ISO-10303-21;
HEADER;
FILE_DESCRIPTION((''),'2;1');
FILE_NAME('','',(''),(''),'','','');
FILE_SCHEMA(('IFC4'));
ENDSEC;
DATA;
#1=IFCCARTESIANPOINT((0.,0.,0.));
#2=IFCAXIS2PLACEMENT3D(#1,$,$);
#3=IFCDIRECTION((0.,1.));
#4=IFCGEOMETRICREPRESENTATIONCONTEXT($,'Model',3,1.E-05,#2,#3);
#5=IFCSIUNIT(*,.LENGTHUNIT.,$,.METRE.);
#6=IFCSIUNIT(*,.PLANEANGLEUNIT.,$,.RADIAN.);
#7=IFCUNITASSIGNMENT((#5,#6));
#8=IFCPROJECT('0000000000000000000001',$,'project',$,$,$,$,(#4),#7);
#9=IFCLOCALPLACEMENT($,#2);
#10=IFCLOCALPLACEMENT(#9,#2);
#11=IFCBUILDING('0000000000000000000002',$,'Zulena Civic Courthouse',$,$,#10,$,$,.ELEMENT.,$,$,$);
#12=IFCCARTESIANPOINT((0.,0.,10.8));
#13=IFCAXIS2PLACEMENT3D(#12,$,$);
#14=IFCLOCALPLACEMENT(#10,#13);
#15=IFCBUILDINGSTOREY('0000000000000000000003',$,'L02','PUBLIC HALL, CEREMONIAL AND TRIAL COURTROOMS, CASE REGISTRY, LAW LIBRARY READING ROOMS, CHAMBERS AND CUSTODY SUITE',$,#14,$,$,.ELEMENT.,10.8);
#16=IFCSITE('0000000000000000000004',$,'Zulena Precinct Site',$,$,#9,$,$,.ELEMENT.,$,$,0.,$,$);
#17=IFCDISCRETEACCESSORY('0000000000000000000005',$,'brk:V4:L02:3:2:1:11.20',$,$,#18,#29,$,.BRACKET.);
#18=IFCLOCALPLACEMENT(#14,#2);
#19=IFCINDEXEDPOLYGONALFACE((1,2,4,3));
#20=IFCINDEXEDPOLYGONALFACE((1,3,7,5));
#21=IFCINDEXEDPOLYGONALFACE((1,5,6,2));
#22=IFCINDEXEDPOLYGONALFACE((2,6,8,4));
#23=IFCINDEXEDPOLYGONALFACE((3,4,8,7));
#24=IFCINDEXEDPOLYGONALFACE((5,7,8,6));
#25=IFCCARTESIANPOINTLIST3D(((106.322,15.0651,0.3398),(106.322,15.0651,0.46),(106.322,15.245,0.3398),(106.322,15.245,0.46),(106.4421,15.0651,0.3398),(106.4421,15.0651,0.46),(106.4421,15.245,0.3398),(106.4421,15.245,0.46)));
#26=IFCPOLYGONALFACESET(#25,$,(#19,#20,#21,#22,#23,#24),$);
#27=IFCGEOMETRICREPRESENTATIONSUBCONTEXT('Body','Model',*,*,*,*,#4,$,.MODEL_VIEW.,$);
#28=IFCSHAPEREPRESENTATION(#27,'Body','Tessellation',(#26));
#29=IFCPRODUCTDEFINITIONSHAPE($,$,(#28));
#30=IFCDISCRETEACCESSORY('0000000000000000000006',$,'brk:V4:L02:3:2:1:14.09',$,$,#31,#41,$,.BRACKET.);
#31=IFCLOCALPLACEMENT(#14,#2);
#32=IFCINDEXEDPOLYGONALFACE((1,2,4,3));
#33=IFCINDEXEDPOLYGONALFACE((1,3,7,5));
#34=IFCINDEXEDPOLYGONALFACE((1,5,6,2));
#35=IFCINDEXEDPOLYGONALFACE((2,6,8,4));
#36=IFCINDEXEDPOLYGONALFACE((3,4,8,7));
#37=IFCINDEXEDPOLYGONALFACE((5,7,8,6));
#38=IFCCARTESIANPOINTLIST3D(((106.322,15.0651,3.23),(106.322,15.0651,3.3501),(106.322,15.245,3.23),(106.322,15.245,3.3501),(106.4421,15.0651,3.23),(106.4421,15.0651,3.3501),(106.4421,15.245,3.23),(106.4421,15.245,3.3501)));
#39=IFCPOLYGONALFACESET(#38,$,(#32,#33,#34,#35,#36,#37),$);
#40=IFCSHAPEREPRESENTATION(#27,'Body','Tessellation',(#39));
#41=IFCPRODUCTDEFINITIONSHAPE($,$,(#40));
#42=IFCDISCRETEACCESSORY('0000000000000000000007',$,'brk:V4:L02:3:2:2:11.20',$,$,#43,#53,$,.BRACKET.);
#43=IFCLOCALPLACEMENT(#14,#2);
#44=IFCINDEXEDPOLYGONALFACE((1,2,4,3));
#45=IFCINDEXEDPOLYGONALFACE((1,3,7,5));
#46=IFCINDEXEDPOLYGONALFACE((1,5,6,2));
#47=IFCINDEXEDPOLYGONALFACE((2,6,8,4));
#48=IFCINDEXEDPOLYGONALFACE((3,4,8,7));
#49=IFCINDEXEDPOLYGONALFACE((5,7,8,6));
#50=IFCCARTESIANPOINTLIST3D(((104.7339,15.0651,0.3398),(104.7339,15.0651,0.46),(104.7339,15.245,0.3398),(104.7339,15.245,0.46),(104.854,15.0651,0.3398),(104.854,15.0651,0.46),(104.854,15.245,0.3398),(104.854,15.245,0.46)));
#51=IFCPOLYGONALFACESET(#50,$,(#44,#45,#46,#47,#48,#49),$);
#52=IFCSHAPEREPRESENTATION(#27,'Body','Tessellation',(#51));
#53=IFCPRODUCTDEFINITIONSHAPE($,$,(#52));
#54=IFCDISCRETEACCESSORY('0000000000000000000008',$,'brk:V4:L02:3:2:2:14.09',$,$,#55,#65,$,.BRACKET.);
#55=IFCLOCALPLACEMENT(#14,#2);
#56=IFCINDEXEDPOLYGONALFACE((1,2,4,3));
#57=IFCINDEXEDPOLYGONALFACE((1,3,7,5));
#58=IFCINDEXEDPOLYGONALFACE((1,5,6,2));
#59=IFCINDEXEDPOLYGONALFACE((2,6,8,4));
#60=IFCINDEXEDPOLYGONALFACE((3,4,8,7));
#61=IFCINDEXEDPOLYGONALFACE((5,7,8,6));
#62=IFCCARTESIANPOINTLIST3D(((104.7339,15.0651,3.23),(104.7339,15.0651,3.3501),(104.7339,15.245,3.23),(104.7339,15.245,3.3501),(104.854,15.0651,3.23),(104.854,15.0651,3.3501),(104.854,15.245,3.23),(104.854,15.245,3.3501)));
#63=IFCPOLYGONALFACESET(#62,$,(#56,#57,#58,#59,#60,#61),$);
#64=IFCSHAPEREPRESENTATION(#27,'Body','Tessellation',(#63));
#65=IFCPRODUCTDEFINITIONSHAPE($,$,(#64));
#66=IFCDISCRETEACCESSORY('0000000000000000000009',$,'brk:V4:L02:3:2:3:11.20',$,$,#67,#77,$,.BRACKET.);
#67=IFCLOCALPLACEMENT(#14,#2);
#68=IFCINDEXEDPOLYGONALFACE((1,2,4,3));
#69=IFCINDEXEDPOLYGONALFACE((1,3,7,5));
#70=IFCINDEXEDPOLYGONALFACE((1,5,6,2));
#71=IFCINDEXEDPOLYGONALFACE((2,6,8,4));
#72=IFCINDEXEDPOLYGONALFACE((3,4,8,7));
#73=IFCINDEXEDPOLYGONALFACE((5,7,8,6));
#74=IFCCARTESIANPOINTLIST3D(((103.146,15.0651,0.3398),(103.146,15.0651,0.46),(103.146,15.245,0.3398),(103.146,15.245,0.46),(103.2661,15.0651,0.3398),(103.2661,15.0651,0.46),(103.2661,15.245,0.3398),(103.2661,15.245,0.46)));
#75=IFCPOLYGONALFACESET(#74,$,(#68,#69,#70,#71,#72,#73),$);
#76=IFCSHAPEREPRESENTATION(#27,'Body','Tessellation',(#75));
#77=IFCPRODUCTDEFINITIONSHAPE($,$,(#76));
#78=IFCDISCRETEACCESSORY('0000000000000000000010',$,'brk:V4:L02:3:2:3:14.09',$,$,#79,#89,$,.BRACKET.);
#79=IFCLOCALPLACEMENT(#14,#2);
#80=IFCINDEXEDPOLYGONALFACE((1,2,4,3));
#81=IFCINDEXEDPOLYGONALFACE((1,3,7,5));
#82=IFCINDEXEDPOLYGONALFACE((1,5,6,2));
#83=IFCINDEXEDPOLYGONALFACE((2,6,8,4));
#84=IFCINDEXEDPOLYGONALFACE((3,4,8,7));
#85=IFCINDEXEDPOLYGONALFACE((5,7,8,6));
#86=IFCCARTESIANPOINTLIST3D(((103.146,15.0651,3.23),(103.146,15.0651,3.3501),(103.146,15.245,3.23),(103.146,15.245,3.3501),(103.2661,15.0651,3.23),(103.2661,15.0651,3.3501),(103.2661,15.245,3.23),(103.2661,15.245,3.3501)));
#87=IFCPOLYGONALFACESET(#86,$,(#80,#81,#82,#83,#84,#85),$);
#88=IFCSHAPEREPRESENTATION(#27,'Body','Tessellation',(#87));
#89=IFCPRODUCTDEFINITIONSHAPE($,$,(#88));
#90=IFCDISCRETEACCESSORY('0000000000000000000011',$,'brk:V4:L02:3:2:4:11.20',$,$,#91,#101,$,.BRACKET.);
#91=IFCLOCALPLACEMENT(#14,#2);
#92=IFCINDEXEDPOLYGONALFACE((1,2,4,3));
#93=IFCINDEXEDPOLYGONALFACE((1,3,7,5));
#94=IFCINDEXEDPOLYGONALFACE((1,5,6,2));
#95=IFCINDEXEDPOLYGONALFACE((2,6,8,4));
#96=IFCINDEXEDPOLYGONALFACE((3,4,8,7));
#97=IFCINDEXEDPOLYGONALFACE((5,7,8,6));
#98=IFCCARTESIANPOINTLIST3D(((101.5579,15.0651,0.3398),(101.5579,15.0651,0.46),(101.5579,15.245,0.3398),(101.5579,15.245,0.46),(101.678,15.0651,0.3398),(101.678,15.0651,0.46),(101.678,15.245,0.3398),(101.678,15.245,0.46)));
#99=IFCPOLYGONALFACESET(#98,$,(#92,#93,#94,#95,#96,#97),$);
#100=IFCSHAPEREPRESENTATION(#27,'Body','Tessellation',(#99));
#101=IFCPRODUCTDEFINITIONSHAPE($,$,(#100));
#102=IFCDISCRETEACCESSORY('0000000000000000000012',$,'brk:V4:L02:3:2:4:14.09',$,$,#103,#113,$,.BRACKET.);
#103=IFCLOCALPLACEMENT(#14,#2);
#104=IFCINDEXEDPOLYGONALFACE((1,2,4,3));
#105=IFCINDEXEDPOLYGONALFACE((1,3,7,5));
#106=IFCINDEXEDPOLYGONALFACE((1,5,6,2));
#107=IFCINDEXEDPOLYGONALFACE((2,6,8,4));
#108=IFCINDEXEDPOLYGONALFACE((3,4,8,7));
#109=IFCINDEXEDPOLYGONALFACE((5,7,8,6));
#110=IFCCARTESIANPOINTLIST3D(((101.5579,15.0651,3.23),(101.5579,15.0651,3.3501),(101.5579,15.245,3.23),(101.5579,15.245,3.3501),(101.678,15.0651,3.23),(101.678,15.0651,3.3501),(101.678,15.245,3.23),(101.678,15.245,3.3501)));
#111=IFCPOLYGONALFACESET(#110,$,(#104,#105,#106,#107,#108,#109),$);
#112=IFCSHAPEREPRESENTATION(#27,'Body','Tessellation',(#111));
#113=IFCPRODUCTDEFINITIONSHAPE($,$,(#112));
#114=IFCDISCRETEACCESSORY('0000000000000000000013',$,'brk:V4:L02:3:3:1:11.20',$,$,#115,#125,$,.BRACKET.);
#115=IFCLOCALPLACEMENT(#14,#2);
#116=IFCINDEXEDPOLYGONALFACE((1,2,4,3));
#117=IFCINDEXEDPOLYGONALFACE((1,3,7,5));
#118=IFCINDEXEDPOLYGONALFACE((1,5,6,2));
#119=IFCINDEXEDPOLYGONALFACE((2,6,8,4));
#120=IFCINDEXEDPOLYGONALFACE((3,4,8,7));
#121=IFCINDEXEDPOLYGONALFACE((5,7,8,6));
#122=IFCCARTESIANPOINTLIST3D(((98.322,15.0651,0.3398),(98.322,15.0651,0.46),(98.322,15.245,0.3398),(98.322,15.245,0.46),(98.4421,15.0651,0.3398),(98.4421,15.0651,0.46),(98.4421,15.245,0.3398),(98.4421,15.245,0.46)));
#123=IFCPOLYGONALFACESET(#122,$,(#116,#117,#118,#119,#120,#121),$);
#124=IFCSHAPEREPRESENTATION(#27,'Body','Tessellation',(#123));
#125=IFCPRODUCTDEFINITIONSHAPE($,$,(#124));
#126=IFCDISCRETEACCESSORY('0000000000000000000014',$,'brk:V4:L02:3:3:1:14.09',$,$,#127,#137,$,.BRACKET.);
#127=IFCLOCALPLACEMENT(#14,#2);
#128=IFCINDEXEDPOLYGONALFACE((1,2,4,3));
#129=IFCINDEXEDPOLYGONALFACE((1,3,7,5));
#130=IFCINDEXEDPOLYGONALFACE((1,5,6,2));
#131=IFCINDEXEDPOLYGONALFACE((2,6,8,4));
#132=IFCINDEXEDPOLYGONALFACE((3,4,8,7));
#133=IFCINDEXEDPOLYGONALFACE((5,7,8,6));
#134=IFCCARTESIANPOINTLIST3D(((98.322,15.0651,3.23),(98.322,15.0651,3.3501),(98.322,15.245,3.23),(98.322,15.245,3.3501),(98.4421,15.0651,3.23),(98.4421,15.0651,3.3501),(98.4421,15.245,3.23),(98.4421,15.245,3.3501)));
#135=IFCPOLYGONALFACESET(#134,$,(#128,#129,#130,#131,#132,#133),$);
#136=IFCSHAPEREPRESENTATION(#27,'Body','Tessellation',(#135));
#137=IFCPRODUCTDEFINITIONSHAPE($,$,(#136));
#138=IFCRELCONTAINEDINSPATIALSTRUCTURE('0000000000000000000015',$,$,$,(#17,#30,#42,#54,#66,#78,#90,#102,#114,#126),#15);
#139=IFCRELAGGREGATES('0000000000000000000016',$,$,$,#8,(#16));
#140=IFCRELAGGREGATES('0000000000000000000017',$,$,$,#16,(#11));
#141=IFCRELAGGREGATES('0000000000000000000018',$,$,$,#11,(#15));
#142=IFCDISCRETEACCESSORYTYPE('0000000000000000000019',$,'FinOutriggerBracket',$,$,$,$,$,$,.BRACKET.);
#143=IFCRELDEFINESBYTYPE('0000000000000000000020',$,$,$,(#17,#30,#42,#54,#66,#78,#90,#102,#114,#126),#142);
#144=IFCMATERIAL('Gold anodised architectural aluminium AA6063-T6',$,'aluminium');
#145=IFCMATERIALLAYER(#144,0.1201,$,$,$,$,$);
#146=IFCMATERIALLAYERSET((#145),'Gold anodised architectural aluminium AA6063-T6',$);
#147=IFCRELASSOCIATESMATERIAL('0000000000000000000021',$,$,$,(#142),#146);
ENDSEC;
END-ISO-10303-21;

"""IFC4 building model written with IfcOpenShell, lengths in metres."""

from ifc_helpers import new_model, si_unit, direction, frame, origin, origin_2d, place, context, subcontext, project, spatial, rectangle, extrude, material, layer, layer_set, type_object, element, save


model = new_model("IFC4")

# Units and contexts
model_context = context("Model", 3, precision=1e-05, world=origin(), true_north=direction((0.0, 1.0)))
body_context = subcontext(model_context, "Body", "Model", "MODEL_VIEW")
ifc_project = project(units=[si_unit("LENGTHUNIT", "METRE"), si_unit("PLANEANGLEUNIT", "RADIAN")], contexts=[model_context])

# Site, building, storey
site_placement = place(None, origin())
site = spatial("IfcSite", under=ifc_project, at=site_placement, Name="Zulena Precinct Site", CompositionType="ELEMENT", RefElevation=0.0)
building_placement = place(site_placement, origin())
building = spatial("IfcBuilding", under=site, at=building_placement, Name="Zulena Civic Courthouse", CompositionType="ELEMENT")
storey_placement = place(building_placement, frame((0.0, 0.0, 10.8)))
storey = spatial("IfcBuildingStorey", under=building, at=storey_placement, Name="L02", Description="PUBLIC HALL, CEREMONIAL AND TRIAL COURTROOMS, CASE REGISTRY, LAW LIBRARY READING ROOMS, CHAMBERS AND CUSTODY SUITE", CompositionType="ELEMENT", Elevation=10.8)

# Shared definitions
ifc_material_1 = material(Name="Gold anodised architectural aluminium AA6063-T6", Category="aluminium")

# Discrete accessories
ifc_layer_1 = layer(ifc_material_1, 0.1201)
ifc_layer_set_1 = layer_set([ifc_layer_1], Name="Gold anodised architectural aluminium AA6063-T6")
discrete_accessory_type = type_object("IfcDiscreteAccessoryType", Name="FinOutriggerBracket", PredefinedType="BRACKET", material=ifc_layer_set_1)
for number, where, z_axis, x_axis, name in (
    (1, (106.3821, 15.155, 0.3398), (0.0, 0.0, 1.0), (0.0, -1.0, 0.0), "brk:V4:L02:3:2:1:11.20"),
    (2, (106.3821, 15.155, 3.23), (0.0, 0.0, 1.0), (0.0, -1.0, 0.0), "brk:V4:L02:3:2:1:14.09"),
    (3, (104.7939, 15.155, 0.3398), (0.0, 0.0, 1.0), (0.0, -1.0, 0.0), "brk:V4:L02:3:2:2:11.20"),
    (4, (104.7939, 15.155, 3.23), (0.0, 0.0, 1.0), (0.0, -1.0, 0.0), "brk:V4:L02:3:2:2:14.09"),
    (5, (103.2061, 15.155, 0.3398), (0.0, 0.0, 1.0), (0.0, -1.0, 0.0), "brk:V4:L02:3:2:3:11.20"),
    (6, (103.2061, 15.155, 3.23), (0.0, 0.0, 1.0), (0.0, -1.0, 0.0), "brk:V4:L02:3:2:3:14.09"),
    (7, (101.6179, 15.155, 0.3398), (0.0, 0.0, 1.0), (0.0, -1.0, 0.0), "brk:V4:L02:3:2:4:11.20"),
    (8, (101.6179, 15.155, 3.23), (0.0, 0.0, 1.0), (0.0, -1.0, 0.0), "brk:V4:L02:3:2:4:14.09"),
    (9, (98.3821, 15.155, 0.3398), (0.0, 0.0, 1.0), (0.0, -1.0, 0.0), "brk:V4:L02:3:3:1:11.20"),
    (10, (98.3821, 15.155, 3.23), (0.0, 0.0, 1.0), (0.0, -1.0, 0.0), "brk:V4:L02:3:3:1:14.09"),
):
    element("IfcDiscreteAccessory", number, at=place(storey_placement, frame(where, z_axis=z_axis, x_axis=x_axis)), inside=storey, type_object=discrete_accessory_type, Name=name, PredefinedType="BRACKET", context=body_context, shape_type="SweptSolid", body=[
        extrude(rectangle(XDim=0.1799, YDim=0.1201, at=origin_2d()), origin(), (0.0, 0.0, 1.0), 0.1201),
    ])

save(model, "model.ifc")
